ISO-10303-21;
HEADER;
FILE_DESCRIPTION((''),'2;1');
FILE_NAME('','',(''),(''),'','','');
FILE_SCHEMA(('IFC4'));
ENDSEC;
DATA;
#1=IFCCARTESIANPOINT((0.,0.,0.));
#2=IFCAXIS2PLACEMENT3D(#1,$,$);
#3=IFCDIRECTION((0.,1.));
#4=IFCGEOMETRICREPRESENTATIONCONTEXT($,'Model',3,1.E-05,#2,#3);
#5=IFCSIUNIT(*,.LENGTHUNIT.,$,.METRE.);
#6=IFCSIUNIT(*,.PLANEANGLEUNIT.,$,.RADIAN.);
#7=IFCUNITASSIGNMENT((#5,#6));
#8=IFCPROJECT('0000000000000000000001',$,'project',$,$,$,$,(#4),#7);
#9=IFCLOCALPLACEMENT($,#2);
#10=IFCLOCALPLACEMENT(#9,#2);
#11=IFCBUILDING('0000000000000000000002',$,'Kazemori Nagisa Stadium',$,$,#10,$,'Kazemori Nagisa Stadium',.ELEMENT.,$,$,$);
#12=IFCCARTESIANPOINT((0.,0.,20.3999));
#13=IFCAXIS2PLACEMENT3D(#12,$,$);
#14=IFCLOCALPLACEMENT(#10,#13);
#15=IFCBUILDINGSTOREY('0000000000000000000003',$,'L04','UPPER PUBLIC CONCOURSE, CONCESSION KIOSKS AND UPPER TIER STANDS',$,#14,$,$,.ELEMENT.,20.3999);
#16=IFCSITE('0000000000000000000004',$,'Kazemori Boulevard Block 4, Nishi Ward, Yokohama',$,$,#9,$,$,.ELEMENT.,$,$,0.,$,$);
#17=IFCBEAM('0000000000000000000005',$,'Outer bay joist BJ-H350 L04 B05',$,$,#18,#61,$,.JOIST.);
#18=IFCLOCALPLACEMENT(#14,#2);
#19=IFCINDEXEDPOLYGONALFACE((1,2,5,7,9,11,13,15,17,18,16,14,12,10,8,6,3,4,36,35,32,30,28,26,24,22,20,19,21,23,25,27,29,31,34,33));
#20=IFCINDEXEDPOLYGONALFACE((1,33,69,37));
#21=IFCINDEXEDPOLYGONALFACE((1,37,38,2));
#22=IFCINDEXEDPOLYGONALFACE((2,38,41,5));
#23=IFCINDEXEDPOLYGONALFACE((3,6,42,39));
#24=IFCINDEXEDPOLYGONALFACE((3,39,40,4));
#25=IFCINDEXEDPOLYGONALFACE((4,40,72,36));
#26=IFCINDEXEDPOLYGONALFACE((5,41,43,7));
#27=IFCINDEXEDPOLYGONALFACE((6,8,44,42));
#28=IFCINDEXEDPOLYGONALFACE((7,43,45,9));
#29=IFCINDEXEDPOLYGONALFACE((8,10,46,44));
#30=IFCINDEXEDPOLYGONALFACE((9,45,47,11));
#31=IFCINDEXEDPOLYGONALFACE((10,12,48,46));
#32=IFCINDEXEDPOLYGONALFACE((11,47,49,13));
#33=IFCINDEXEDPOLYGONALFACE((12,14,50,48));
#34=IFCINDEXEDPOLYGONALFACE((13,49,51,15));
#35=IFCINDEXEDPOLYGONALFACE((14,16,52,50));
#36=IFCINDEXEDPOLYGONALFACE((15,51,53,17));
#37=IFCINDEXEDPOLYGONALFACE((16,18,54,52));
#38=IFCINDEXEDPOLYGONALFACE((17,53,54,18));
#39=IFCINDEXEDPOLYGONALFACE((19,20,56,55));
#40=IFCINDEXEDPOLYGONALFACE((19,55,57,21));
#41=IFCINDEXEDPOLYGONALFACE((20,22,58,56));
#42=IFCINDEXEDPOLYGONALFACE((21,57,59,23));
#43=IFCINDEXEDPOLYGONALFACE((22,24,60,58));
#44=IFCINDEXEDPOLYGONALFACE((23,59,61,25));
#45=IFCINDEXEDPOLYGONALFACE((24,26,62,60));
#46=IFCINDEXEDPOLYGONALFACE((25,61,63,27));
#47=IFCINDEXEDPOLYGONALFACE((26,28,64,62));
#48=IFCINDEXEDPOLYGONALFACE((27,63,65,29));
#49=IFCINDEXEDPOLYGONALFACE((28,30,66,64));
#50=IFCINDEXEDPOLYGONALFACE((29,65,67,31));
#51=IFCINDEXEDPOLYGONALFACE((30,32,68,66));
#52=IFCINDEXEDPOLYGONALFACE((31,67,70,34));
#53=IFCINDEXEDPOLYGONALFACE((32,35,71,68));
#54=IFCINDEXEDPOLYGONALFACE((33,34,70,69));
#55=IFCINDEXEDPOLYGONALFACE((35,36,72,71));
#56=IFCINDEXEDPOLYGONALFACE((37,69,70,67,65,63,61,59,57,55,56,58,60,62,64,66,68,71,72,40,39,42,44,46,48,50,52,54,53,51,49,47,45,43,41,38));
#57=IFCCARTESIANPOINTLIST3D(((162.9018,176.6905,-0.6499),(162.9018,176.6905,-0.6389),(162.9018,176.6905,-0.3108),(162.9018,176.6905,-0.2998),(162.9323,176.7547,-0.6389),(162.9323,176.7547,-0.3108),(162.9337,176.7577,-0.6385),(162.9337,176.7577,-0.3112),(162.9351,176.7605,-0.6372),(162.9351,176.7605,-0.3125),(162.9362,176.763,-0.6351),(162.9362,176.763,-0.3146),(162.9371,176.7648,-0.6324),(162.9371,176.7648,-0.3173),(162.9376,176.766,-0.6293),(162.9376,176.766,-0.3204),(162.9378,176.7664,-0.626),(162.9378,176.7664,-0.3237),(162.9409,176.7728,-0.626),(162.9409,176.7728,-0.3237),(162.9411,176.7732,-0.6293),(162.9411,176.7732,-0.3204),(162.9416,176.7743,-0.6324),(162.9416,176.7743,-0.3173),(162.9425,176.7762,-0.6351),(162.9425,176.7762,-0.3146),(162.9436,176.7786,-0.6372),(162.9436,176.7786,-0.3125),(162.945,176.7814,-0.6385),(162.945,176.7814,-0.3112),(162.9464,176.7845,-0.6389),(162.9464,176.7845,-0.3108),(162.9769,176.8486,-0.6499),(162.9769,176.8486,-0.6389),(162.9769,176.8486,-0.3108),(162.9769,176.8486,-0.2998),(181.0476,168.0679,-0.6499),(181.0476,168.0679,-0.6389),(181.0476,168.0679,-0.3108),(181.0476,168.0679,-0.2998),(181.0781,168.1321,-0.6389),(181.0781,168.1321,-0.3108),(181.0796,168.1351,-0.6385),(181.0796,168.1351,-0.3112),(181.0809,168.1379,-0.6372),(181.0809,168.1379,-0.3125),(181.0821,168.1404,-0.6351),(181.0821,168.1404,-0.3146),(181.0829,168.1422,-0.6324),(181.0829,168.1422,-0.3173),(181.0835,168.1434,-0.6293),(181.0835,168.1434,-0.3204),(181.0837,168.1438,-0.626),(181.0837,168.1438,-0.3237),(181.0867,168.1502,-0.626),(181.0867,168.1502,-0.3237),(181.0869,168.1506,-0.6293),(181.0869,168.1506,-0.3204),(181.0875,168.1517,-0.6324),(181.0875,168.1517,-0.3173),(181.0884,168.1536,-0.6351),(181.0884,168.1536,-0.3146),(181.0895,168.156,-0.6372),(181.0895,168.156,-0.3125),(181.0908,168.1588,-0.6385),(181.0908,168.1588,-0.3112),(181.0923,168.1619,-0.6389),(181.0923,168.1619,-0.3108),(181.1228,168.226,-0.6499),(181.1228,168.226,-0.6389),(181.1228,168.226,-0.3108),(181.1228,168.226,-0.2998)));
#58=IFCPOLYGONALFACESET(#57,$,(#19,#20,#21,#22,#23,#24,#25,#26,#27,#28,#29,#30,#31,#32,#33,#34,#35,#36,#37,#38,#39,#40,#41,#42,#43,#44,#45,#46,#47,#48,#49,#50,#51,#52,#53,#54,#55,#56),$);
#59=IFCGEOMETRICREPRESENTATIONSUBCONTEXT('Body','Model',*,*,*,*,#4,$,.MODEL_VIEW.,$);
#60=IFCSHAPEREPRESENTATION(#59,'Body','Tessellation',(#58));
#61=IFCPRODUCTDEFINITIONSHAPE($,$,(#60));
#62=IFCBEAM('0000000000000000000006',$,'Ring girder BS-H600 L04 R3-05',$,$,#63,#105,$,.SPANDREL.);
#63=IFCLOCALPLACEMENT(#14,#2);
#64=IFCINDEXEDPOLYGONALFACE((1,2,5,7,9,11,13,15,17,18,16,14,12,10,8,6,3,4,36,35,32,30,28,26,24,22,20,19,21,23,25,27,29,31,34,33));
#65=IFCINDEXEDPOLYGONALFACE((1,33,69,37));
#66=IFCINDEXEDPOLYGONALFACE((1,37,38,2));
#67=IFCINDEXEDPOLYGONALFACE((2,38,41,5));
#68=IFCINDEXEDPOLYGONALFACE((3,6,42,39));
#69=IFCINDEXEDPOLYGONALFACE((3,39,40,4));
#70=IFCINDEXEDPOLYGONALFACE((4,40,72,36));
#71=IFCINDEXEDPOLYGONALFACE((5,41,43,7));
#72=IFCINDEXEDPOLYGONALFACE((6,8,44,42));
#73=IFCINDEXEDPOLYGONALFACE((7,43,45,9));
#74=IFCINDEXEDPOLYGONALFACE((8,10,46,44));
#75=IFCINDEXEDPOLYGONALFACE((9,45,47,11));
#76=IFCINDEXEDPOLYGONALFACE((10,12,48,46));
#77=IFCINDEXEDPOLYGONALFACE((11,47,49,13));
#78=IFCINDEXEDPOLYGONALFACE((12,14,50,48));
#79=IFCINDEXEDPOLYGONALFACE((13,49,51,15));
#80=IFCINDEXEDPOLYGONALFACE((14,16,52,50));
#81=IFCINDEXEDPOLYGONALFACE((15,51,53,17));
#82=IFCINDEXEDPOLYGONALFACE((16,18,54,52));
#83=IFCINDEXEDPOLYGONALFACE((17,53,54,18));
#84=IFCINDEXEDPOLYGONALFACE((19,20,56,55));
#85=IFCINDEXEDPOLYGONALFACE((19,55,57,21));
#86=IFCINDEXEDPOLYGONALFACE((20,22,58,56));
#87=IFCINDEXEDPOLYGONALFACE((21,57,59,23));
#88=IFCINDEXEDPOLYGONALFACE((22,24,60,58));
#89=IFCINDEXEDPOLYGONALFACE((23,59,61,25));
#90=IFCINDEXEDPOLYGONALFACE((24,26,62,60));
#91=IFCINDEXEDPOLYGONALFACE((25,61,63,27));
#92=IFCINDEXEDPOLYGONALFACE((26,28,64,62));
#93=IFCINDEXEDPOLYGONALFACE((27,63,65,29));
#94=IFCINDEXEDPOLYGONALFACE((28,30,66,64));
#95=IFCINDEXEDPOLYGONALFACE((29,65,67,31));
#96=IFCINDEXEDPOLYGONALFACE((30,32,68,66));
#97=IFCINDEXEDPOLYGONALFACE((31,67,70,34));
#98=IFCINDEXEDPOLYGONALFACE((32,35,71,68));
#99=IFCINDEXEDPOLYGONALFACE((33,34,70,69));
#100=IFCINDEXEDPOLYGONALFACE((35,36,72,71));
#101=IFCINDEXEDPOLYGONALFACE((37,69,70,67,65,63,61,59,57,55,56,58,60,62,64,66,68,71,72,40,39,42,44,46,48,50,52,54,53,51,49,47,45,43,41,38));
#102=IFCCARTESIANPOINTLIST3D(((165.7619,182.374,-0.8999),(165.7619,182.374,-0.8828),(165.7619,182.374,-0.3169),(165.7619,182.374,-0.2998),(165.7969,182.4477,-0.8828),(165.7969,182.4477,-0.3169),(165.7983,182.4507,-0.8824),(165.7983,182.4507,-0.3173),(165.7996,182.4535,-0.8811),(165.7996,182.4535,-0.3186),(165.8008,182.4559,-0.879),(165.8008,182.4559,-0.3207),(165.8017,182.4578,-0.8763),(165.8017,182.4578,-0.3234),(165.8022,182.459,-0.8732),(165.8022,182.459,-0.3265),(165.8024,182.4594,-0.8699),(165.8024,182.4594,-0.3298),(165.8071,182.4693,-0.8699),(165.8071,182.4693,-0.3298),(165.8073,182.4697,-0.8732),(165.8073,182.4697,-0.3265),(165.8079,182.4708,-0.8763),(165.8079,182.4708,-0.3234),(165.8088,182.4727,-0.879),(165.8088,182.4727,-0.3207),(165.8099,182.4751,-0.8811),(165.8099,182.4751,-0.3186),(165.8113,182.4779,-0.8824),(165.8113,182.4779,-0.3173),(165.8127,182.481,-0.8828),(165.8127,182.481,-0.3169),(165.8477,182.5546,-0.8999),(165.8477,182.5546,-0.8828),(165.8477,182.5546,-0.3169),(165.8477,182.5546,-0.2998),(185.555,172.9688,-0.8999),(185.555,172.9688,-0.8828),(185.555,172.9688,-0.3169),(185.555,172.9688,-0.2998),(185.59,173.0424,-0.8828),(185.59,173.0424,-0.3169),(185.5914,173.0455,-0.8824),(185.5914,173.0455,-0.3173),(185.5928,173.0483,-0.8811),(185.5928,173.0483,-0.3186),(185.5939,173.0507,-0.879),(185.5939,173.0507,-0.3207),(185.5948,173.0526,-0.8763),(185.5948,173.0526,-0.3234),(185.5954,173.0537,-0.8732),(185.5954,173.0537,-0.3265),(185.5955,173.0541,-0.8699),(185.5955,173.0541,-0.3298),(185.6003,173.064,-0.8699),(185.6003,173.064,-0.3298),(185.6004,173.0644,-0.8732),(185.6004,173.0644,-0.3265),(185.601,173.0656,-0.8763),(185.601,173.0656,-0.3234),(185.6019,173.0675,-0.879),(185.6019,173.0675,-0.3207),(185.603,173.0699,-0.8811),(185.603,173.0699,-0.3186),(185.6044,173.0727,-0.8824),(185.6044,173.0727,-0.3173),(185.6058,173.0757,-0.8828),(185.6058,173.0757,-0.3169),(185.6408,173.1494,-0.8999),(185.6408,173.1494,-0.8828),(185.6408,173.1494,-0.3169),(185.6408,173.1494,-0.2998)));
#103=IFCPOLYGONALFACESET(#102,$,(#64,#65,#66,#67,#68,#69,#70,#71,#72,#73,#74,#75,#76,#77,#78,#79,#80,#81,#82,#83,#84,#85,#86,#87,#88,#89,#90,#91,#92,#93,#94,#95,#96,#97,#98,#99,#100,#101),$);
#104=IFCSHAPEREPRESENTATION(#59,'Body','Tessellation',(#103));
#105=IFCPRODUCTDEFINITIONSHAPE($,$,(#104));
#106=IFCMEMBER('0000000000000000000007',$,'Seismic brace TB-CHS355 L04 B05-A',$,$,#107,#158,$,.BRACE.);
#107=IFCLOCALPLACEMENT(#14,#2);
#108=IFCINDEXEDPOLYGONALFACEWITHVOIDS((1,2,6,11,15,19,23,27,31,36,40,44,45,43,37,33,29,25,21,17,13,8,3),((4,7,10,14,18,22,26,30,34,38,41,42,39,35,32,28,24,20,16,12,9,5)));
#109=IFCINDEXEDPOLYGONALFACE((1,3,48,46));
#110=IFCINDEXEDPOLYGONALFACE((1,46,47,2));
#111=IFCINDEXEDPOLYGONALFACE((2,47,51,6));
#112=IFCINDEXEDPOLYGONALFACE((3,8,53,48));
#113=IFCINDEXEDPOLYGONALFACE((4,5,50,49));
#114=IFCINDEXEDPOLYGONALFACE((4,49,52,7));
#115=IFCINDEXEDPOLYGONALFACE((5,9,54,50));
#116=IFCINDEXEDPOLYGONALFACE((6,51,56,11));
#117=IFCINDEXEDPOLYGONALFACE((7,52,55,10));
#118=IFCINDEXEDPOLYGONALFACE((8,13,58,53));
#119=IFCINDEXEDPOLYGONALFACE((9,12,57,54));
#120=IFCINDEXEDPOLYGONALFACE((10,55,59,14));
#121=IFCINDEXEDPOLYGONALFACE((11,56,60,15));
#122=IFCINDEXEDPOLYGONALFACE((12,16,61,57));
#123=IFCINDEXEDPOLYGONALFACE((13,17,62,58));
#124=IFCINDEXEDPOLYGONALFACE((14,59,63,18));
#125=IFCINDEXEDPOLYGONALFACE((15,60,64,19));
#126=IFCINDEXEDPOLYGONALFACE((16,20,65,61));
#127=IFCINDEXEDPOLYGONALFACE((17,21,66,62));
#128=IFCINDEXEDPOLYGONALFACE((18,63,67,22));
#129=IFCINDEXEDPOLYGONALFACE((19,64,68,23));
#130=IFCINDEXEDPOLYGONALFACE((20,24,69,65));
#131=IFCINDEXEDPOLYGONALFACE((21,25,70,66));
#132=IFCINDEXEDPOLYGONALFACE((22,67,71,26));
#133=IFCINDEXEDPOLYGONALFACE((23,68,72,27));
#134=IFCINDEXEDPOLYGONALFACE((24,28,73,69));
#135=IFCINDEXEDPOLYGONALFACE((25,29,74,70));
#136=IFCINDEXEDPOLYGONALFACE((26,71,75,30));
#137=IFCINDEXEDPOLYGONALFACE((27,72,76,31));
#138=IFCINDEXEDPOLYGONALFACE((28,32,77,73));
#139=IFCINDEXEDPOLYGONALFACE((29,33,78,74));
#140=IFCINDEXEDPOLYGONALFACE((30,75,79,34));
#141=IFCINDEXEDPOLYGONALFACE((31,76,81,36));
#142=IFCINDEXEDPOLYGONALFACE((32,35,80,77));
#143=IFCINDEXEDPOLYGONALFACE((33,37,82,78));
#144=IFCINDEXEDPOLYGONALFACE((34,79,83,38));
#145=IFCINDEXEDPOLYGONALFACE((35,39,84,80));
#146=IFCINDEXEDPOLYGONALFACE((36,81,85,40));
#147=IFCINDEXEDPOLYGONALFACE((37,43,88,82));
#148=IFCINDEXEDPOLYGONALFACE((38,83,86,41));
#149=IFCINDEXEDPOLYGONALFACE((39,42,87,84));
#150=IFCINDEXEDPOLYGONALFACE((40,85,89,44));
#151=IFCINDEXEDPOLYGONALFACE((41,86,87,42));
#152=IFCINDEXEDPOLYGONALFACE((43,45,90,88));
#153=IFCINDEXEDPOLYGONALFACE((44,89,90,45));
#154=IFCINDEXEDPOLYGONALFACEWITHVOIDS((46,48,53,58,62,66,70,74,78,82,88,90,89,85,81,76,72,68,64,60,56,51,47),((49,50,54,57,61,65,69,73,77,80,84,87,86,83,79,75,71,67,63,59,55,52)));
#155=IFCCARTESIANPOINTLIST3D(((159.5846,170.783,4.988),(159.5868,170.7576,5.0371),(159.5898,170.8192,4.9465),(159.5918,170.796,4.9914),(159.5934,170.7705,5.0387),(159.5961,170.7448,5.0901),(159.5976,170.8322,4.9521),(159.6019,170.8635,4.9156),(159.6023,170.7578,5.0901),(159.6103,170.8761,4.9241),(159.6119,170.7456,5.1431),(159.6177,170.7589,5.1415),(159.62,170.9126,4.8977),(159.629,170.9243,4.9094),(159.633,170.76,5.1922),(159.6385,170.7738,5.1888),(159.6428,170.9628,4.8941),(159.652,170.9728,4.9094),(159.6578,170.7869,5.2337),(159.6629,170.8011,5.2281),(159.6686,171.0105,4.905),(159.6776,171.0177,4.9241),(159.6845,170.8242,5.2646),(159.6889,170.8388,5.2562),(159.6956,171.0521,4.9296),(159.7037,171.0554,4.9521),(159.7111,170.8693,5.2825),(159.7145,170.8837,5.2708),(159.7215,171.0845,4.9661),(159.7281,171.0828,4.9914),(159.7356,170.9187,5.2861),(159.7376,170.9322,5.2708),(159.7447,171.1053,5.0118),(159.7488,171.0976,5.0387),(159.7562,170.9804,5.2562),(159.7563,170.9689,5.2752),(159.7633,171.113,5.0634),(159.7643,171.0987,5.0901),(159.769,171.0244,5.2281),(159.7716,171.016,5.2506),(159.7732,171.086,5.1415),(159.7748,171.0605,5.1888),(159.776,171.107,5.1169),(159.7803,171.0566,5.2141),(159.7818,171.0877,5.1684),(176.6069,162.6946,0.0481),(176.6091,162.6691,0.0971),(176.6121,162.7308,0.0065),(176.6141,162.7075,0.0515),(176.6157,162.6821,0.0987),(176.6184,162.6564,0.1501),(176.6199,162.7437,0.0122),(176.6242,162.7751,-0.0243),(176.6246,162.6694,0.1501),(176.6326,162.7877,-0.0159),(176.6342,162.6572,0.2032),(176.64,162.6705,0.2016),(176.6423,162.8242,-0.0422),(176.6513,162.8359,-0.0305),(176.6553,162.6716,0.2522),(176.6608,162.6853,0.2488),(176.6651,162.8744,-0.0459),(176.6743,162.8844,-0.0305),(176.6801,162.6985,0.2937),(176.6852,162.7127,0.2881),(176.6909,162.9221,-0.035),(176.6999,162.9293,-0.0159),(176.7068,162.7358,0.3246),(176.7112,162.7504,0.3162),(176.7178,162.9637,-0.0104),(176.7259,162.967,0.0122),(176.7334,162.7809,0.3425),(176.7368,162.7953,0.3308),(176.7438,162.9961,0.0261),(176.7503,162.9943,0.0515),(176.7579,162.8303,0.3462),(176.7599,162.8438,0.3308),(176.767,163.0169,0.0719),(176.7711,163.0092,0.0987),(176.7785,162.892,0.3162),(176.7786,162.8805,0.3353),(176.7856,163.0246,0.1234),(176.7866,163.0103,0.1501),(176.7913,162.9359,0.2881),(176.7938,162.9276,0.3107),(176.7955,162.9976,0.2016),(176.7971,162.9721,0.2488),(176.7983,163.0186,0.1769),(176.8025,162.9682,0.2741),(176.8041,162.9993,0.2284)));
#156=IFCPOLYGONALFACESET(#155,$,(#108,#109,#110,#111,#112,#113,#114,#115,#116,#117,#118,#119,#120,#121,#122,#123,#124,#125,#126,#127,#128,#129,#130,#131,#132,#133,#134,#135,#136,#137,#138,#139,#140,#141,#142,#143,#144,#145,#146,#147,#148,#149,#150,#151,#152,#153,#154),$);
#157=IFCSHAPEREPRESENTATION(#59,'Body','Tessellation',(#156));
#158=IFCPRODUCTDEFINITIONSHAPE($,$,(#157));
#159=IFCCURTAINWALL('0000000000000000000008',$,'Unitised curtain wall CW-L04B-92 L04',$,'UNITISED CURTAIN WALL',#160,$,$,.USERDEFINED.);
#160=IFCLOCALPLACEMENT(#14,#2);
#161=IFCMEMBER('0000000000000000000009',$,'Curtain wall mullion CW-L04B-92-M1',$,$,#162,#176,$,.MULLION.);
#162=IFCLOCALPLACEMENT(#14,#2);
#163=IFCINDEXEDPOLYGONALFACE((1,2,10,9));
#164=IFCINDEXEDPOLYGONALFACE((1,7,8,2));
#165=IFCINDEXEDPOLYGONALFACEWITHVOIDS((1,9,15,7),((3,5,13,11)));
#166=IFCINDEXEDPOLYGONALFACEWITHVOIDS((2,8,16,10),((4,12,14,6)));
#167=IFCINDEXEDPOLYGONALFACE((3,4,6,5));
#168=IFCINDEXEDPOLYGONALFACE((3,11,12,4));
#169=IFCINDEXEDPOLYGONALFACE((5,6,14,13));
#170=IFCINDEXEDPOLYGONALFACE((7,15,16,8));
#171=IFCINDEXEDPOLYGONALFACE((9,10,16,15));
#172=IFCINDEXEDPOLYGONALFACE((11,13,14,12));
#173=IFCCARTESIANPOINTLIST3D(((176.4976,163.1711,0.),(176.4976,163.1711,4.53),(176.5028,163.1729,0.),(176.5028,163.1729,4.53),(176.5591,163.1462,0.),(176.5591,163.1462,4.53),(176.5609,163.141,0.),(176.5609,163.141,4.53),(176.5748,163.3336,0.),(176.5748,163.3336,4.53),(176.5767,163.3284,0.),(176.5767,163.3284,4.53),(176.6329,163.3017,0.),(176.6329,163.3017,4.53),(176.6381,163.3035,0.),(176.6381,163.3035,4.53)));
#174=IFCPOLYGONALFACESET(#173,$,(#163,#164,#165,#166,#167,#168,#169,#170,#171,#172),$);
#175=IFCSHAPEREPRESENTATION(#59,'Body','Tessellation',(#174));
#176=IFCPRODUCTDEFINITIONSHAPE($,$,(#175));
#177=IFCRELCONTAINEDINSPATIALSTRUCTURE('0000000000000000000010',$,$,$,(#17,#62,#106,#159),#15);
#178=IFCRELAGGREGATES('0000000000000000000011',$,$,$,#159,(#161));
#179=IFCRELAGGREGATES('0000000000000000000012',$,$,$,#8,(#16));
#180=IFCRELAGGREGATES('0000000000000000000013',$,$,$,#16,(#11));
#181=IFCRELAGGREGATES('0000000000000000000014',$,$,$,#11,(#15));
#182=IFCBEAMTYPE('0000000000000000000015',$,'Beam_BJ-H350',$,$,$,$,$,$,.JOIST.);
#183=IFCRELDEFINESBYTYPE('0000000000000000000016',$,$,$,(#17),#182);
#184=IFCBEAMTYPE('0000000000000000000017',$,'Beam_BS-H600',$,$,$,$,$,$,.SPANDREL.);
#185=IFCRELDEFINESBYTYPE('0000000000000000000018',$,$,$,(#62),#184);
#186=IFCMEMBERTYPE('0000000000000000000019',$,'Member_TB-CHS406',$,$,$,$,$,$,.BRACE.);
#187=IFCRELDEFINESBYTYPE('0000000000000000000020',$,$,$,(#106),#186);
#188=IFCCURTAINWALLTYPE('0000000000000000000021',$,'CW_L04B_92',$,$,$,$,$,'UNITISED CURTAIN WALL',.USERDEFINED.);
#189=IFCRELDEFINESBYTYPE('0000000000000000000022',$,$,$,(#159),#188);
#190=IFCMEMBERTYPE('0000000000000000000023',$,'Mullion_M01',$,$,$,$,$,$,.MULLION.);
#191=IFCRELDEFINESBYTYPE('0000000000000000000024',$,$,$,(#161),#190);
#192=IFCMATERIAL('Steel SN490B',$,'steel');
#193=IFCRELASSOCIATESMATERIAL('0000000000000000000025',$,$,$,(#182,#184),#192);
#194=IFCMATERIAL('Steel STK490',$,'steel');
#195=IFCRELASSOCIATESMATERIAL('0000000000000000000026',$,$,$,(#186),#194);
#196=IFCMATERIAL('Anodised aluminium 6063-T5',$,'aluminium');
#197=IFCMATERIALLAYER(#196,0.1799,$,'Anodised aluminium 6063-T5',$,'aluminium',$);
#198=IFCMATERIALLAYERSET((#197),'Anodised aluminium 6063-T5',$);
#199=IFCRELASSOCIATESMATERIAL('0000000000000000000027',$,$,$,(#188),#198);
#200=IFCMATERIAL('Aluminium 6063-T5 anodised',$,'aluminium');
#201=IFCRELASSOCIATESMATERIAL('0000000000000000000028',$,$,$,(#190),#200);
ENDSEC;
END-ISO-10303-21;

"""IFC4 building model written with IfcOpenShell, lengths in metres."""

from ifc_helpers import new_model, si_unit, direction, frame, origin, origin_2d, place, context, subcontext, project, spatial, hollow_rectangle, hollow_circle, i_section, extrude, material, layer, layer_set, material_profile, profile_set, type_object, element, aggregate, save


model = new_model("IFC4")

# Units and contexts
model_context = context("Model", 3, precision=1e-05, world=origin(), true_north=direction((0.0, 1.0)))
body_context = subcontext(model_context, "Body", "Model", "MODEL_VIEW")
ifc_project = project(units=[si_unit("LENGTHUNIT", "METRE"), si_unit("PLANEANGLEUNIT", "RADIAN")], contexts=[model_context])

# Site, building, storey
site_placement = place(None, origin())
site = spatial("IfcSite", under=ifc_project, at=site_placement, Name="Kazemori Boulevard Block 4, Nishi Ward, Yokohama", CompositionType="ELEMENT", RefElevation=0.0)
building_placement = place(site_placement, origin())
building = spatial("IfcBuilding", under=site, at=building_placement, Name="Kazemori Nagisa Stadium", LongName="Kazemori Nagisa Stadium", CompositionType="ELEMENT")
storey_placement = place(building_placement, frame((0.0, 0.0, 20.3999)))
storey = spatial("IfcBuildingStorey", under=building, at=storey_placement, Name="L04", Description="UPPER PUBLIC CONCOURSE, CONCESSION KIOSKS AND UPPER TIER STANDS", CompositionType="ELEMENT", Elevation=20.3999)

# Beams
ifc_material_1 = material(Name="Steel SN490B", Category="steel")
ifc_material_profile_1 = material_profile(ifc_material_1, i_section(OverallWidth=0.175, OverallDepth=0.3501, WebThickness=0.0071, FlangeThickness=0.011, FilletRadius=0.0129, at=origin_2d()), Name="H-350x175x7x11")
ifc_profile_set_1 = profile_set([ifc_material_profile_1], Name="Steel SN490B")
beam_type_1 = type_object("IfcBeamType", Name="Beam_BJ-H350", PredefinedType="JOIST", material=ifc_profile_set_1)
beam_1_placement = place(storey_placement, frame((181.0852, 168.147, -0.4749), z_axis=(-0.903213, 0.429192, 0.0), x_axis=(-0.429192, -0.903213, 0.0)))
element("IfcBeam", 1, at=beam_1_placement, inside=storey, type_object=beam_type_1, Name="Outer bay joist BJ-H350 L04 B05", PredefinedType="JOIST", context=body_context, shape_type="SweptSolid", body=[
    extrude(i_section(OverallWidth=0.175, OverallDepth=0.3501, WebThickness=0.0071, FlangeThickness=0.011, FilletRadius=0.0129, at=origin_2d()), origin(), (0.0, 0.0, 1.0), 20.0903),
])
ifc_material_profile_2 = material_profile(ifc_material_1, i_section(OverallWidth=0.2, OverallDepth=0.6001, WebThickness=0.011, FlangeThickness=0.0171, FilletRadius=0.0129, at=origin_2d()), Name="H-600x200x11x17")
ifc_profile_set_2 = profile_set([ifc_material_profile_2], Name="Steel SN490B")
beam_type_2 = type_object("IfcBeamType", Name="Beam_BS-H600", PredefinedType="SPANDREL", material=ifc_profile_set_2)
beam_2_placement = place(storey_placement, frame((185.5979, 173.0591, -0.5999), z_axis=(-0.903216, 0.429187, 0.0), x_axis=(-0.429187, -0.903216, 0.0)))
element("IfcBeam", 2, at=beam_2_placement, inside=storey, type_object=beam_type_2, Name="Ring girder BS-H600 L04 R3-05", PredefinedType="SPANDREL", context=body_context, shape_type="SweptSolid", body=[
    extrude(i_section(OverallWidth=0.2, OverallDepth=0.6001, WebThickness=0.011, FlangeThickness=0.0171, FilletRadius=0.0129, at=origin_2d()), origin(), (0.0, 0.0, 1.0), 21.9141),
])

# Member
ifc_material_2 = material(Name="Steel STK490", Category="steel")
ifc_material_profile_3 = material_profile(ifc_material_2, hollow_circle(Radius=0.2031, WallThickness=0.0144, at=origin_2d()), Name="CHS-406.4x14.3")
ifc_profile_set_3 = profile_set([ifc_material_profile_3], Name="Steel STK490")
member_type_1 = type_object("IfcMemberType", Name="Member_TB-CHS406", PredefinedType="BRACE", material=ifc_profile_set_3)
member_1_placement = place(storey_placement, frame((176.7056, 162.8398, 0.1501), z_axis=(-0.873703, 0.415154, 0.253554), x_axis=(-0.429179, -0.903219, 0.0)))
element("IfcMember", 3, at=member_1_placement, inside=storey, type_object=member_type_1, Name="Seismic brace TB-CHS355 L04 B05-A", PredefinedType="BRACE", context=body_context, shape_type="SweptSolid", body=[
    extrude(hollow_circle(Radius=0.2031, WallThickness=0.0144, at=origin_2d()), origin(), (0.0, 0.0, 1.0), 19.4829),
])

# Curtain wall, member
ifc_material_3 = material(Name="Anodised aluminium 6063-T5", Category="aluminium")
ifc_layer_1 = layer(ifc_material_3, 0.1799, Name="Anodised aluminium 6063-T5", Category="aluminium")
ifc_layer_set_1 = layer_set([ifc_layer_1], Name="Anodised aluminium 6063-T5")
curtain_wall_type = type_object("IfcCurtainWallType", Name="CW_L04B_92", ElementType="UNITISED CURTAIN WALL", PredefinedType="USERDEFINED", material=ifc_layer_set_1)
curtain_wall_placement = place(storey_placement, origin())
curtain_wall = element("IfcCurtainWall", 4, at=curtain_wall_placement, inside=storey, type_object=curtain_wall_type, Name="Unitised curtain wall CW-L04B-92 L04", ObjectType="UNITISED CURTAIN WALL", PredefinedType="USERDEFINED")
ifc_material_4 = material(Name="Aluminium 6063-T5 anodised", Category="aluminium")
ifc_material_profile_4 = material_profile(ifc_material_4, hollow_rectangle(XDim=0.0701, YDim=0.1799, WallThickness=0.0039, at=origin_2d()), Name="ALU-MULL-70x180x4")
ifc_profile_set_4 = profile_set([ifc_material_profile_4], Name="Aluminium 6063-T5 anodised")
member_type_2 = type_object("IfcMemberType", Name="Mullion_M01", PredefinedType="MULLION", material=ifc_profile_set_4)
member_2_placement = place(storey_placement, frame((176.5679, 163.2373, 0.0), z_axis=(0.0, 0.0, 1.0), x_axis=(-0.903216, 0.429186, 0.0)))
member_2 = element("IfcMember", 5, at=member_2_placement, type_object=member_type_2, Name="Curtain wall mullion CW-L04B-92-M1", PredefinedType="MULLION", context=body_context, shape_type="SweptSolid", body=[
    extrude(hollow_rectangle(XDim=0.0701, YDim=0.1799, WallThickness=0.0039, at=origin_2d()), origin(), (0.0, 0.0, 1.0), 4.53),
])
aggregate(curtain_wall, [member_2])

save(model, "model.ifc")
